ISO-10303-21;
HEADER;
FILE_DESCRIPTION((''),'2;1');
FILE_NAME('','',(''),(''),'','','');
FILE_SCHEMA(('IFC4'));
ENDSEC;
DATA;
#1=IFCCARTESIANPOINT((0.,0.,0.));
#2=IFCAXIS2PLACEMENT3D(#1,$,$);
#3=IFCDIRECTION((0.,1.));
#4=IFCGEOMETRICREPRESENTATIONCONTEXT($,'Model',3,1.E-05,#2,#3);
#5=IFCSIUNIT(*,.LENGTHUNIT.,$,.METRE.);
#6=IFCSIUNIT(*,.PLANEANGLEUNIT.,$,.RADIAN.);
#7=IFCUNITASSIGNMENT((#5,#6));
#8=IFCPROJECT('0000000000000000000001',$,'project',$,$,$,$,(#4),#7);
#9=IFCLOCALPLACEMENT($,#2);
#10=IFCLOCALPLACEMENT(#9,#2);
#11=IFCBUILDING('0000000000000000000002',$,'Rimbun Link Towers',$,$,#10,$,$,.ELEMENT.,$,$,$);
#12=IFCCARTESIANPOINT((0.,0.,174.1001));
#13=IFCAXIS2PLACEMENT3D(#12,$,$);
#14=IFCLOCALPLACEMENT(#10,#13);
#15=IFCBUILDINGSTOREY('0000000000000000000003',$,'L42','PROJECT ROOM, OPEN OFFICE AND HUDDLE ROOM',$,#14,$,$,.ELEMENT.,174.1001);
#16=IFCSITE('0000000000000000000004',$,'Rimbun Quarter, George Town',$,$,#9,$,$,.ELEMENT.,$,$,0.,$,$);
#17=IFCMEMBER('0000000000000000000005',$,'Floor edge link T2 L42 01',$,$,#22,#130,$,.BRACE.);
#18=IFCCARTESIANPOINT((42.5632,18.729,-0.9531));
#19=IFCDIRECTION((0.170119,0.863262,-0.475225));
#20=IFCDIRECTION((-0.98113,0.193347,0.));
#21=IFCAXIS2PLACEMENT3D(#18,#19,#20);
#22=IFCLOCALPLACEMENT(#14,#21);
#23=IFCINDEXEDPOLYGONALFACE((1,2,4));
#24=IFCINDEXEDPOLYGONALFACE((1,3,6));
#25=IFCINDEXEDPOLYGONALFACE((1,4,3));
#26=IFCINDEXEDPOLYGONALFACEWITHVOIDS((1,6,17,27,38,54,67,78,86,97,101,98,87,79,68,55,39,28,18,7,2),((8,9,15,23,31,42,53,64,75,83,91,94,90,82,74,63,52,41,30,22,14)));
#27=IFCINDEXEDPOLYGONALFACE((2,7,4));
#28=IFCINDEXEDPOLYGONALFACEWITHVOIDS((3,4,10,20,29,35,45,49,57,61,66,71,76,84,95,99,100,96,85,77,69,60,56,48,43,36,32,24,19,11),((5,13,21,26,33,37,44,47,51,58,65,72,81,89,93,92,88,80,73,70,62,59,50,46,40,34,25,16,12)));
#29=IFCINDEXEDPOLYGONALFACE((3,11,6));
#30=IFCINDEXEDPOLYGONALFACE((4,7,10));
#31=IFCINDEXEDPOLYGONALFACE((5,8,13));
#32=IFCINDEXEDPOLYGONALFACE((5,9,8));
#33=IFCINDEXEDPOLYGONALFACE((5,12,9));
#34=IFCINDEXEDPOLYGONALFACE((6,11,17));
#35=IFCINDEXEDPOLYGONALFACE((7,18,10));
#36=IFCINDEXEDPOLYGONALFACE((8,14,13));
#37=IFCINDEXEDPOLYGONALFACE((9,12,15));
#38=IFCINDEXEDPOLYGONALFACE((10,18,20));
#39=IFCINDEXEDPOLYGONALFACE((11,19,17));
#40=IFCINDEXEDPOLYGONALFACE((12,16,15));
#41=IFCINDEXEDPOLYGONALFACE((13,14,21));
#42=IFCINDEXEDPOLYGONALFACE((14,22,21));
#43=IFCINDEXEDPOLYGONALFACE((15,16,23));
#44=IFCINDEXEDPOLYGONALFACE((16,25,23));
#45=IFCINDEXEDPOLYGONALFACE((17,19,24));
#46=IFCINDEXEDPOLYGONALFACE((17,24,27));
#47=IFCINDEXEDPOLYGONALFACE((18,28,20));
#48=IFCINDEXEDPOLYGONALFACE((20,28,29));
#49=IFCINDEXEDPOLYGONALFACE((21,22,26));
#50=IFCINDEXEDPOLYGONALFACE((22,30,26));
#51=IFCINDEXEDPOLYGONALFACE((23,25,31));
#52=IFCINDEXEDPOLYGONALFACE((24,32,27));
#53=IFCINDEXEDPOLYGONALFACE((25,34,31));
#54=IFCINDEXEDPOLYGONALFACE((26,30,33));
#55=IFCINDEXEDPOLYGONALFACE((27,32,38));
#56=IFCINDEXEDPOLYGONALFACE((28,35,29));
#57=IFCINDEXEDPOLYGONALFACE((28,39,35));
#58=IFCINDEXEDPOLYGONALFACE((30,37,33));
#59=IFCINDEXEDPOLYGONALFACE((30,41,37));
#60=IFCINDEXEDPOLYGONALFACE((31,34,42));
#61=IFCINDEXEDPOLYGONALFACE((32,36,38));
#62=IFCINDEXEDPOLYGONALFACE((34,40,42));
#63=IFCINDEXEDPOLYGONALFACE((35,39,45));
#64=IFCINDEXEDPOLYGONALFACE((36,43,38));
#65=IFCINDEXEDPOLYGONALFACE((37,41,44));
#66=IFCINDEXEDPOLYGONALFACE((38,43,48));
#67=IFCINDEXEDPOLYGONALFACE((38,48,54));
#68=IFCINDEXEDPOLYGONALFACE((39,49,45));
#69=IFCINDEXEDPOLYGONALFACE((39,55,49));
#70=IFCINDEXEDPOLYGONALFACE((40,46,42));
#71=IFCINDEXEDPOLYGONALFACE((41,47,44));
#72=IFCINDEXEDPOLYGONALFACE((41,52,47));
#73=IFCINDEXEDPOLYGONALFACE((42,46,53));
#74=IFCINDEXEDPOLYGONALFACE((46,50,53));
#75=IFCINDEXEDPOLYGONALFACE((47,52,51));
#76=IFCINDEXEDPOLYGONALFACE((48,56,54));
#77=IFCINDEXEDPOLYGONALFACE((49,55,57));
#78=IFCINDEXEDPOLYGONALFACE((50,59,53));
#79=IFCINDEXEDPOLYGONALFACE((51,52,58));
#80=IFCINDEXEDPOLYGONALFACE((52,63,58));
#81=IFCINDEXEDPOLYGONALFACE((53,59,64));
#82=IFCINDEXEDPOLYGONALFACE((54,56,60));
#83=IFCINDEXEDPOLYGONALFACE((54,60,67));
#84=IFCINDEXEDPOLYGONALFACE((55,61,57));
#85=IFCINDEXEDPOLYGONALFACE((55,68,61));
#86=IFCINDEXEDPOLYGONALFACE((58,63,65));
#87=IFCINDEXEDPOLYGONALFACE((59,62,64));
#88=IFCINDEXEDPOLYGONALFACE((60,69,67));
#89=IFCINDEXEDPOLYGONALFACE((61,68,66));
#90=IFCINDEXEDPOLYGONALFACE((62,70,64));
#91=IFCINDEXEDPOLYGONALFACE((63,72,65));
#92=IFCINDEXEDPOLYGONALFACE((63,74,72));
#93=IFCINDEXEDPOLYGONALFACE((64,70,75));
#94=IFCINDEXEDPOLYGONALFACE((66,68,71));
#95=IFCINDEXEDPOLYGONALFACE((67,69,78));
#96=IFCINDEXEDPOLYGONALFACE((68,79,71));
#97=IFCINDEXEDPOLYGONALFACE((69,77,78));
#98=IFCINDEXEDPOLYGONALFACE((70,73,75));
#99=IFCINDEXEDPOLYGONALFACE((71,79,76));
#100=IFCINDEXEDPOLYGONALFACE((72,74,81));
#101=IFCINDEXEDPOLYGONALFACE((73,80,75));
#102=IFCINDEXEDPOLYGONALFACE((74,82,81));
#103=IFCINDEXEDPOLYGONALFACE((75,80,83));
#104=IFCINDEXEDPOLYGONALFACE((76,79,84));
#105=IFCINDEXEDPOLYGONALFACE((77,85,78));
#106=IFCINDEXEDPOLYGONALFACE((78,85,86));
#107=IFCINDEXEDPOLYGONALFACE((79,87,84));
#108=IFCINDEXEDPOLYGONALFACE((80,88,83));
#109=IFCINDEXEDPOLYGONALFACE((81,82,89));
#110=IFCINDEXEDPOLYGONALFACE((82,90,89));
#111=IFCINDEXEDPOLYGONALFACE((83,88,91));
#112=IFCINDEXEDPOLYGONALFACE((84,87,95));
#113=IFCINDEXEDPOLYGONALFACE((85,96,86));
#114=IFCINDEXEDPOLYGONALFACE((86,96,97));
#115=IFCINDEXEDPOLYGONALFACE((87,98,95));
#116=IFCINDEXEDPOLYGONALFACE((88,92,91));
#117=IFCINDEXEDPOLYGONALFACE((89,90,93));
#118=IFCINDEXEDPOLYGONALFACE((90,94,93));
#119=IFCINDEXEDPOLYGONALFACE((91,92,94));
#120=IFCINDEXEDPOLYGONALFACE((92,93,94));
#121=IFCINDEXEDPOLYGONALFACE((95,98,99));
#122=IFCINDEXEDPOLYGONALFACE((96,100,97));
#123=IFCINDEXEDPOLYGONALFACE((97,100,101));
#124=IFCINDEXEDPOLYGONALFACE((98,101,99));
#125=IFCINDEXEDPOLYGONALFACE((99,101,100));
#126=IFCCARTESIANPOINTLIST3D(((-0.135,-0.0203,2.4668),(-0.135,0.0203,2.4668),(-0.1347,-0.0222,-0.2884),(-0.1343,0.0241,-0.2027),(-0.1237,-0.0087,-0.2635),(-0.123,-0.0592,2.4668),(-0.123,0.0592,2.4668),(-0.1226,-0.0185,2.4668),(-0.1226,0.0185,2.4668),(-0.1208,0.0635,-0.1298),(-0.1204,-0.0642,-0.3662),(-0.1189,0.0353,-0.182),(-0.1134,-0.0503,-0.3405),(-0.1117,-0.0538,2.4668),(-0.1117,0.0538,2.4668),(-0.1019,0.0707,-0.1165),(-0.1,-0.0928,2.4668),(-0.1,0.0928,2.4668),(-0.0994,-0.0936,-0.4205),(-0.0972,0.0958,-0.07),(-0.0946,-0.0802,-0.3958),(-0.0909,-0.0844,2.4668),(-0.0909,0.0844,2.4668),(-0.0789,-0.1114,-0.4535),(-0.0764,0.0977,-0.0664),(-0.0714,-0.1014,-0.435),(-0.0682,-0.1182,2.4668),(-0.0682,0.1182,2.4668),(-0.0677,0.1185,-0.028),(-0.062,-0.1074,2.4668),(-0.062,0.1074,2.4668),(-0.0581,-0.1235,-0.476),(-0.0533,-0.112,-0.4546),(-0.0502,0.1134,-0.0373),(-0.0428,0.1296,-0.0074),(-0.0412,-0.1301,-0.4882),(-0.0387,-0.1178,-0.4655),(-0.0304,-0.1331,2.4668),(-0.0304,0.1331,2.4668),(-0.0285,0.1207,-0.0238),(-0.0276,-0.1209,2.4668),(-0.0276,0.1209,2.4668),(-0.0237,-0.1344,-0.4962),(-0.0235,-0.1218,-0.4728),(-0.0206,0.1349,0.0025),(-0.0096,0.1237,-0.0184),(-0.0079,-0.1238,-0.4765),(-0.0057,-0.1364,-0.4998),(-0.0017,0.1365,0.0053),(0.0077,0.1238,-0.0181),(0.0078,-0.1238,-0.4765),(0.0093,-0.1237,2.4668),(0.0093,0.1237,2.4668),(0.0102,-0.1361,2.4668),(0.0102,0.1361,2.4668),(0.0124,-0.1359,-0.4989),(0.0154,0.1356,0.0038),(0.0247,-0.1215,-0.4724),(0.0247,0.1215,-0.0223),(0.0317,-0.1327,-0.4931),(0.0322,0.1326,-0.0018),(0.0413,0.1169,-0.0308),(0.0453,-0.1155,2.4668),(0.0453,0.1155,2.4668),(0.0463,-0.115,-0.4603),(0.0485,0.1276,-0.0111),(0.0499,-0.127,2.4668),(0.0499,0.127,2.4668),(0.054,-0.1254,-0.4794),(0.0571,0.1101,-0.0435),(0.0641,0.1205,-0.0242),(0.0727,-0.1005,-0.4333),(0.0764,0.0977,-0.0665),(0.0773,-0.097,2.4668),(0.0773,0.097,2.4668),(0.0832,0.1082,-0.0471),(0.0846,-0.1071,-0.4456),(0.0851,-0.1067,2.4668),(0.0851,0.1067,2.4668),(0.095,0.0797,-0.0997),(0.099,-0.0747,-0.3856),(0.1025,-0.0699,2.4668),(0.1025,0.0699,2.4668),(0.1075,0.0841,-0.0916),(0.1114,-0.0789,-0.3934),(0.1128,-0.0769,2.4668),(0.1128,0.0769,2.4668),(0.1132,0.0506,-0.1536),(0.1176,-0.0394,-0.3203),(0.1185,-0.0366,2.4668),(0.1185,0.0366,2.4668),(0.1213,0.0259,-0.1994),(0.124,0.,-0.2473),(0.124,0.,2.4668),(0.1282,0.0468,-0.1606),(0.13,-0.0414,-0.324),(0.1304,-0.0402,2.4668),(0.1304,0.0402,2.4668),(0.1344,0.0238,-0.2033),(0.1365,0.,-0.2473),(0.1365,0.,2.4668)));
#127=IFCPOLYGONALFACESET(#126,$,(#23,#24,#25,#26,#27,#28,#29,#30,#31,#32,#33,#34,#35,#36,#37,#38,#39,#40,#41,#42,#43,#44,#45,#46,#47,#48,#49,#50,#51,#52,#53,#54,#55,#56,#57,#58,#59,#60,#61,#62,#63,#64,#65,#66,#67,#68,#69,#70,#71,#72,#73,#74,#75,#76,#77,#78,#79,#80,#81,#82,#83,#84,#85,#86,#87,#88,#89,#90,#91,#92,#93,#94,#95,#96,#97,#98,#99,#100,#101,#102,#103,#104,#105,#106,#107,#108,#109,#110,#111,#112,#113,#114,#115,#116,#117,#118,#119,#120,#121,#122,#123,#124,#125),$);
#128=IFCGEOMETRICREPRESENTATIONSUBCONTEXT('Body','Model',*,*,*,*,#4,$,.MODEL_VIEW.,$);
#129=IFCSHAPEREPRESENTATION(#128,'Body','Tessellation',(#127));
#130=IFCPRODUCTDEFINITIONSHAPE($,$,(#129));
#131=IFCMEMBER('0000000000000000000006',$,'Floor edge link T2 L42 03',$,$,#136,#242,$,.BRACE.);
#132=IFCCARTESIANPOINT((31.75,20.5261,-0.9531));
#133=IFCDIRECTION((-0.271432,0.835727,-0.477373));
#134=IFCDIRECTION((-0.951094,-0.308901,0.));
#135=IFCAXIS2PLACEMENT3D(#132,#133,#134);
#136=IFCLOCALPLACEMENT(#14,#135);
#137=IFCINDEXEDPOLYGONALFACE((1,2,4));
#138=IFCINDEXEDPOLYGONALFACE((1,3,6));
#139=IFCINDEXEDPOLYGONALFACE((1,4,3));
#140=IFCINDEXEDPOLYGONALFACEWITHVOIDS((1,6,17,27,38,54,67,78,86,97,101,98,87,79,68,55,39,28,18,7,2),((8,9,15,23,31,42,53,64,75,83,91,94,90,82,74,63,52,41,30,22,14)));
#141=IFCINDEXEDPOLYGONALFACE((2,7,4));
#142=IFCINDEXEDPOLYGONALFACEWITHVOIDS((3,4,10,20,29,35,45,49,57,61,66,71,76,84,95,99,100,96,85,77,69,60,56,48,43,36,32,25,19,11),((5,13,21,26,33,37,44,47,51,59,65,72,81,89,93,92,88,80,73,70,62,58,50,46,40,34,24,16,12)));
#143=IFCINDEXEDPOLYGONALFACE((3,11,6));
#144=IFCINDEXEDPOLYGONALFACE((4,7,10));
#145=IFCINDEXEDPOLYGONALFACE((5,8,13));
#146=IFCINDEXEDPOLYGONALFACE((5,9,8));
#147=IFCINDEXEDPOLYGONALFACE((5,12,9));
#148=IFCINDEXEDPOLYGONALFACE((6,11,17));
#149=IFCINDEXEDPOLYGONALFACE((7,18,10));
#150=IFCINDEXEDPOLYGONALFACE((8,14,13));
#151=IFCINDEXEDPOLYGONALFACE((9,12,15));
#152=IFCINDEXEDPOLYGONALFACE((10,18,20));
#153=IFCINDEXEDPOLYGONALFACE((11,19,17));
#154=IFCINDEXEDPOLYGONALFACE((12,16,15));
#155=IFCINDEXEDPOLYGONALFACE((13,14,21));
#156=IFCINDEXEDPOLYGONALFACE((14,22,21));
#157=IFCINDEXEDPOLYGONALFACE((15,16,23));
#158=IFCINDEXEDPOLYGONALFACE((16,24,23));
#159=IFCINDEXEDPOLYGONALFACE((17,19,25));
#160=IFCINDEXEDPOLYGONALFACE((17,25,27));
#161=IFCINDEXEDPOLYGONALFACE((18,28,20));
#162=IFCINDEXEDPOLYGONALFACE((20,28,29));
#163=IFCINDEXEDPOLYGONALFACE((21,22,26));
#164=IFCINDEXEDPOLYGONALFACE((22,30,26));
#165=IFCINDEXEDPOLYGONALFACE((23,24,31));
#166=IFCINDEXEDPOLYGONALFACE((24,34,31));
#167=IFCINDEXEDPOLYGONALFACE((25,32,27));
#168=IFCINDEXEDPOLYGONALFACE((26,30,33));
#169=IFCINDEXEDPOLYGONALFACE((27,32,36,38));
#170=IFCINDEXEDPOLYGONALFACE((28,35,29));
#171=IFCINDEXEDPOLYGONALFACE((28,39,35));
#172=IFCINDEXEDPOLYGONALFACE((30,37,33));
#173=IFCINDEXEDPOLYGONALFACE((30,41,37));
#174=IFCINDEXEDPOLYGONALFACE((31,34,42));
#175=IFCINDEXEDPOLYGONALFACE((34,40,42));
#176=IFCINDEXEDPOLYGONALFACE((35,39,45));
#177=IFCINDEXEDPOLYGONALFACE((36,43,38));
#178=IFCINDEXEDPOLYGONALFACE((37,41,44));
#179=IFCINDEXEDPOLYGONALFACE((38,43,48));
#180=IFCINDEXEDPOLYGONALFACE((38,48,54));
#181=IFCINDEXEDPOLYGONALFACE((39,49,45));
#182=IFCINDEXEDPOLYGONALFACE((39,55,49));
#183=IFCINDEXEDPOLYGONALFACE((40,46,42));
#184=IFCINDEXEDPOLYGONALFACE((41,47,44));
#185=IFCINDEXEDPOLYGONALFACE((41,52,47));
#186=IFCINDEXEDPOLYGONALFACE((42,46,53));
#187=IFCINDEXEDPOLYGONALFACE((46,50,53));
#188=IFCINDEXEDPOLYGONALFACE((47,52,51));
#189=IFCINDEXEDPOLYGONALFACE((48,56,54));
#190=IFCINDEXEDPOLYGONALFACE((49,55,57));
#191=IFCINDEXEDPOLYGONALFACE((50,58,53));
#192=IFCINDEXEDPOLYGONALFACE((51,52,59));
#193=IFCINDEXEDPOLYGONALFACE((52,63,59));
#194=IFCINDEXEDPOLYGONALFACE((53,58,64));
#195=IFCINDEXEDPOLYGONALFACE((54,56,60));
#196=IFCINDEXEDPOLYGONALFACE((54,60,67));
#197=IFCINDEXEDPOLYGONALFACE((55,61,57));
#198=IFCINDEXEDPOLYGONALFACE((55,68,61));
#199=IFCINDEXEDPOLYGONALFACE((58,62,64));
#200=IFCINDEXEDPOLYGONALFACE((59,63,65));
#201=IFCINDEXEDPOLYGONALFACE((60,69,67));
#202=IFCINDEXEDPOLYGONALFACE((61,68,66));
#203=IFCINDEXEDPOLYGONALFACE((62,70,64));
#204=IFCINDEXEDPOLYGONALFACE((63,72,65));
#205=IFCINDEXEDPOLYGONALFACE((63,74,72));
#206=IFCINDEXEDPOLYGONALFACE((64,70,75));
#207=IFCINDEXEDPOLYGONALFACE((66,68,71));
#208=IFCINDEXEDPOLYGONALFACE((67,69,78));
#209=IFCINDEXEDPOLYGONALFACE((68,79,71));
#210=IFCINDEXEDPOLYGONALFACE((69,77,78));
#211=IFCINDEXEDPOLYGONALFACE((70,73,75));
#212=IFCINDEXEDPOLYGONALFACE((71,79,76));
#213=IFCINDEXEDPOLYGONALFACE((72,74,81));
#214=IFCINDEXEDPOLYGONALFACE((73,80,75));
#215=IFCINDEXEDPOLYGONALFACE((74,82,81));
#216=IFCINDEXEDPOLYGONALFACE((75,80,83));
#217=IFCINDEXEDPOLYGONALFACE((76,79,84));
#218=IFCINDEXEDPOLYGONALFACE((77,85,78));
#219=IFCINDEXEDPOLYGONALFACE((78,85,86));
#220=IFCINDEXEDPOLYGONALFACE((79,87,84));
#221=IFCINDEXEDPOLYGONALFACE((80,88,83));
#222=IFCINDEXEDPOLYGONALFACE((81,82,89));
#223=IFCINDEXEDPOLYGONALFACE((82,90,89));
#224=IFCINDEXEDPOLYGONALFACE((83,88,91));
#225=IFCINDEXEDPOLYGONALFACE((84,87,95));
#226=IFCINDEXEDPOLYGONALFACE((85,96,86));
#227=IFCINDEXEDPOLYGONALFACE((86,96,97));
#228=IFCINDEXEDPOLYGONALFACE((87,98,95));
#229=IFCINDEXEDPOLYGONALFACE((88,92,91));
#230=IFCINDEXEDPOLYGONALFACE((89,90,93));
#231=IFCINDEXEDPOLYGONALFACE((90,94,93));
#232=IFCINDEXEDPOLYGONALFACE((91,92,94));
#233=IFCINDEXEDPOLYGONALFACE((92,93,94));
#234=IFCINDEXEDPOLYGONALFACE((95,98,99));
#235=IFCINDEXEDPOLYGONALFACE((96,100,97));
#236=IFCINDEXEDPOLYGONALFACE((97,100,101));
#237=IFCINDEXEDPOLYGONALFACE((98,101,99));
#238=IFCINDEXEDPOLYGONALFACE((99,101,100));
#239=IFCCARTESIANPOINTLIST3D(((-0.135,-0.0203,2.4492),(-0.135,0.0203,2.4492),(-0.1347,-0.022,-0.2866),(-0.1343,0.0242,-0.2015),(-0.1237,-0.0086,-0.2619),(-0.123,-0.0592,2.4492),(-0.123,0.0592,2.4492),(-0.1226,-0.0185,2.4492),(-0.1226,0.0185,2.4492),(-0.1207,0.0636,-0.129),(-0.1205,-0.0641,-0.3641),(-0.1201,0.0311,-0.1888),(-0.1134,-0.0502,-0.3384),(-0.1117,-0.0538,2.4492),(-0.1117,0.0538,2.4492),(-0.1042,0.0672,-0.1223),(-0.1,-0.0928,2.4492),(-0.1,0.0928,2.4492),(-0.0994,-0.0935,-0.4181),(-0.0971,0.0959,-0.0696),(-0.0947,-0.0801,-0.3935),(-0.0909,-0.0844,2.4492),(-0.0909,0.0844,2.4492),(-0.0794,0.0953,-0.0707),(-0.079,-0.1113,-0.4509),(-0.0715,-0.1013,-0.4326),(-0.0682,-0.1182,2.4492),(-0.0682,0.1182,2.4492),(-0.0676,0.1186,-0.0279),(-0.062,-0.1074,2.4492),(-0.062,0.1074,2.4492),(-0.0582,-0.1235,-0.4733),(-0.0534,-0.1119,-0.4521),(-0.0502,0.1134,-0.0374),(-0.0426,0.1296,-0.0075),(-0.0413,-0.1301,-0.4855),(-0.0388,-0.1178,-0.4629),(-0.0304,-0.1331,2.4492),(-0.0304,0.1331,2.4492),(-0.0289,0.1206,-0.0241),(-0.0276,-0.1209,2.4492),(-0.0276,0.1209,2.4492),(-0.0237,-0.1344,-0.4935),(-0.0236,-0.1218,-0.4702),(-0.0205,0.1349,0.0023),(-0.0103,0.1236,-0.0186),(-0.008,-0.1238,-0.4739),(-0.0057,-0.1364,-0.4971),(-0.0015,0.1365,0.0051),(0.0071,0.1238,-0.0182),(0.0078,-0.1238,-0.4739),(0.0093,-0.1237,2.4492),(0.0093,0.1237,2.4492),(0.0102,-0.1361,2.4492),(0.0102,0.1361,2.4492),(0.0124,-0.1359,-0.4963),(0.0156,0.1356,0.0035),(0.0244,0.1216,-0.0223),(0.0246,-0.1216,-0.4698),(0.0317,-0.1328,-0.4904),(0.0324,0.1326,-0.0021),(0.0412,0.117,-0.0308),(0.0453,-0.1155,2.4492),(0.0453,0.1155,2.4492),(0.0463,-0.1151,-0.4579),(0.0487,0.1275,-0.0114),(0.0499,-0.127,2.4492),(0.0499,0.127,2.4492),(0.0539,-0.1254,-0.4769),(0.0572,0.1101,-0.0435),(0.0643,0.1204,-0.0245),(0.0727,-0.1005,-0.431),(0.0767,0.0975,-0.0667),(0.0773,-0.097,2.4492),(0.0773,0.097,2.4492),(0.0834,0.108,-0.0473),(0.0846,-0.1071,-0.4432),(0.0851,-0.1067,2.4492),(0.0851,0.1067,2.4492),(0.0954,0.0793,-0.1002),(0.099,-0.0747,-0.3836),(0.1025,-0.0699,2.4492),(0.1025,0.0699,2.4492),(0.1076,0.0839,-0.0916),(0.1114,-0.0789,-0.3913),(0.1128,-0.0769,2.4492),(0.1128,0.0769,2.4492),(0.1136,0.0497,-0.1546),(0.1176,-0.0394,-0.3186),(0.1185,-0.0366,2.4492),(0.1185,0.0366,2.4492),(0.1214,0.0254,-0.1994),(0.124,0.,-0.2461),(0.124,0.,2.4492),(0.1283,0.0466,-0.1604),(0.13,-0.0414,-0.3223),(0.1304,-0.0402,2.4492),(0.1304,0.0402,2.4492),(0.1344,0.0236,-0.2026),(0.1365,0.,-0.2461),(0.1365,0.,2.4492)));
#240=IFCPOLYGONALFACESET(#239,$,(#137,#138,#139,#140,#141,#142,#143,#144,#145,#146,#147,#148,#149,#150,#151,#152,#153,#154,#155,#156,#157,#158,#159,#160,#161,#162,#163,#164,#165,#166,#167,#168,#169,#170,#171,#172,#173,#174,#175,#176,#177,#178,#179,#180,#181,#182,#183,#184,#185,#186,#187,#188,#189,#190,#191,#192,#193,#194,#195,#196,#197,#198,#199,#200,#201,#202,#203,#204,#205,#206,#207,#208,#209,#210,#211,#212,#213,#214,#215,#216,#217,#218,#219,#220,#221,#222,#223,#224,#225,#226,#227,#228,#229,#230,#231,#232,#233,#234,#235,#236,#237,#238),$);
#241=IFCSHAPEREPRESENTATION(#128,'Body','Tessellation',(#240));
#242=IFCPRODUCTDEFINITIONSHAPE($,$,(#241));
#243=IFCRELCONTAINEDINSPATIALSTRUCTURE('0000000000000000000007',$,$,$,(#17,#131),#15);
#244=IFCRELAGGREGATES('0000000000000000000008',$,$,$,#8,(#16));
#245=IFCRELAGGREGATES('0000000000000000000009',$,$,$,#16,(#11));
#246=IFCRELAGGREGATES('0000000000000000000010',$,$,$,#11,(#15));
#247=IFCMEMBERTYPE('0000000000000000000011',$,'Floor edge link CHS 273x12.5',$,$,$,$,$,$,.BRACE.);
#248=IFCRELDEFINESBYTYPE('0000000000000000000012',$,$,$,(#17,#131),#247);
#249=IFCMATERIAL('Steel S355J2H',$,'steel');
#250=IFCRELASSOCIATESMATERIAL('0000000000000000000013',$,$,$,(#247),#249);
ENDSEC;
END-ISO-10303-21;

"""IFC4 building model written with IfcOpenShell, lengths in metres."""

from ifc_helpers import new_model, si_unit, direction, frame, origin, origin_2d, place, context, subcontext, project, spatial, hollow_circle, extrude, clip, halfspace, material, material_profile, profile_set, type_object, element, save


model = new_model("IFC4")

# Units and contexts
model_context = context("Model", 3, precision=1e-05, world=origin(), true_north=direction((0.0, 1.0)))
body_context = subcontext(model_context, "Body", "Model", "MODEL_VIEW")
ifc_project = project(units=[si_unit("LENGTHUNIT", "METRE"), si_unit("PLANEANGLEUNIT", "RADIAN")], contexts=[model_context])

# Site, building, storey
site_placement = place(None, origin())
site = spatial("IfcSite", under=ifc_project, at=site_placement, Name="Rimbun Quarter, George Town", CompositionType="ELEMENT", RefElevation=0.0)
building_placement = place(site_placement, origin())
building = spatial("IfcBuilding", under=site, at=building_placement, Name="Rimbun Link Towers", CompositionType="ELEMENT")
storey_placement = place(building_placement, frame((0.0, 0.0, 174.1001)))
storey = spatial("IfcBuildingStorey", under=building, at=storey_placement, Name="L42", Description="PROJECT ROOM, OPEN OFFICE AND HUDDLE ROOM", CompositionType="ELEMENT", Elevation=174.1001)

# Members
ifc_material_1 = material(Name="Steel S355J2H", Category="steel")
ifc_material_profile_1 = material_profile(ifc_material_1, hollow_circle(Radius=0.1365, WallThickness=0.0125, at=origin_2d()), Name="CHS 273x12.5")
ifc_profile_set_1 = profile_set([ifc_material_profile_1], Name="Steel S355J2H")
member_type_1 = type_object("IfcMemberType", Name="Floor edge link CHS 273x12.5", PredefinedType="BRACE", material=ifc_profile_set_1)
member_1_placement = place(storey_placement, frame((42.5632, 18.729, -0.9531), z_axis=(0.170119, 0.863262, -0.475225), x_axis=(-0.98113, 0.193347, 0.0)))
element("IfcMember", 1, at=member_1_placement, inside=storey, type_object=member_type_1, Name="Floor edge link T2 L42 01", PredefinedType="BRACE", context=body_context, shape_type="Clipping", body=[
    clip(extrude(hollow_circle(Radius=0.1365, WallThickness=0.0125, at=origin_2d()), frame((0.0, 0.0, -0.5266)), (0.0, 0.0, 1.0), 2.9934), halfspace(frame((0.0, 0.0, -0.2473), z_axis=(0.0, 0.879865, -0.475225)), False)),
])
member_2_placement = place(storey_placement, frame((31.75, 20.5261, -0.9531), z_axis=(-0.271432, 0.835727, -0.477373), x_axis=(-0.951094, -0.308901, 0.0)))
element("IfcMember", 2, at=member_2_placement, inside=storey, type_object=member_type_1, Name="Floor edge link T2 L42 03", PredefinedType="BRACE", context=body_context, shape_type="Clipping", body=[
    clip(extrude(hollow_circle(Radius=0.1365, WallThickness=0.0125, at=origin_2d()), frame((0.0, 0.0, -0.5234)), (0.0, 0.0, 1.0), 2.9727), halfspace(frame((0.0, 0.0, -0.2461), z_axis=(0.0, 0.878701, -0.477373)), False)),
])

save(model, "model.ifc")
